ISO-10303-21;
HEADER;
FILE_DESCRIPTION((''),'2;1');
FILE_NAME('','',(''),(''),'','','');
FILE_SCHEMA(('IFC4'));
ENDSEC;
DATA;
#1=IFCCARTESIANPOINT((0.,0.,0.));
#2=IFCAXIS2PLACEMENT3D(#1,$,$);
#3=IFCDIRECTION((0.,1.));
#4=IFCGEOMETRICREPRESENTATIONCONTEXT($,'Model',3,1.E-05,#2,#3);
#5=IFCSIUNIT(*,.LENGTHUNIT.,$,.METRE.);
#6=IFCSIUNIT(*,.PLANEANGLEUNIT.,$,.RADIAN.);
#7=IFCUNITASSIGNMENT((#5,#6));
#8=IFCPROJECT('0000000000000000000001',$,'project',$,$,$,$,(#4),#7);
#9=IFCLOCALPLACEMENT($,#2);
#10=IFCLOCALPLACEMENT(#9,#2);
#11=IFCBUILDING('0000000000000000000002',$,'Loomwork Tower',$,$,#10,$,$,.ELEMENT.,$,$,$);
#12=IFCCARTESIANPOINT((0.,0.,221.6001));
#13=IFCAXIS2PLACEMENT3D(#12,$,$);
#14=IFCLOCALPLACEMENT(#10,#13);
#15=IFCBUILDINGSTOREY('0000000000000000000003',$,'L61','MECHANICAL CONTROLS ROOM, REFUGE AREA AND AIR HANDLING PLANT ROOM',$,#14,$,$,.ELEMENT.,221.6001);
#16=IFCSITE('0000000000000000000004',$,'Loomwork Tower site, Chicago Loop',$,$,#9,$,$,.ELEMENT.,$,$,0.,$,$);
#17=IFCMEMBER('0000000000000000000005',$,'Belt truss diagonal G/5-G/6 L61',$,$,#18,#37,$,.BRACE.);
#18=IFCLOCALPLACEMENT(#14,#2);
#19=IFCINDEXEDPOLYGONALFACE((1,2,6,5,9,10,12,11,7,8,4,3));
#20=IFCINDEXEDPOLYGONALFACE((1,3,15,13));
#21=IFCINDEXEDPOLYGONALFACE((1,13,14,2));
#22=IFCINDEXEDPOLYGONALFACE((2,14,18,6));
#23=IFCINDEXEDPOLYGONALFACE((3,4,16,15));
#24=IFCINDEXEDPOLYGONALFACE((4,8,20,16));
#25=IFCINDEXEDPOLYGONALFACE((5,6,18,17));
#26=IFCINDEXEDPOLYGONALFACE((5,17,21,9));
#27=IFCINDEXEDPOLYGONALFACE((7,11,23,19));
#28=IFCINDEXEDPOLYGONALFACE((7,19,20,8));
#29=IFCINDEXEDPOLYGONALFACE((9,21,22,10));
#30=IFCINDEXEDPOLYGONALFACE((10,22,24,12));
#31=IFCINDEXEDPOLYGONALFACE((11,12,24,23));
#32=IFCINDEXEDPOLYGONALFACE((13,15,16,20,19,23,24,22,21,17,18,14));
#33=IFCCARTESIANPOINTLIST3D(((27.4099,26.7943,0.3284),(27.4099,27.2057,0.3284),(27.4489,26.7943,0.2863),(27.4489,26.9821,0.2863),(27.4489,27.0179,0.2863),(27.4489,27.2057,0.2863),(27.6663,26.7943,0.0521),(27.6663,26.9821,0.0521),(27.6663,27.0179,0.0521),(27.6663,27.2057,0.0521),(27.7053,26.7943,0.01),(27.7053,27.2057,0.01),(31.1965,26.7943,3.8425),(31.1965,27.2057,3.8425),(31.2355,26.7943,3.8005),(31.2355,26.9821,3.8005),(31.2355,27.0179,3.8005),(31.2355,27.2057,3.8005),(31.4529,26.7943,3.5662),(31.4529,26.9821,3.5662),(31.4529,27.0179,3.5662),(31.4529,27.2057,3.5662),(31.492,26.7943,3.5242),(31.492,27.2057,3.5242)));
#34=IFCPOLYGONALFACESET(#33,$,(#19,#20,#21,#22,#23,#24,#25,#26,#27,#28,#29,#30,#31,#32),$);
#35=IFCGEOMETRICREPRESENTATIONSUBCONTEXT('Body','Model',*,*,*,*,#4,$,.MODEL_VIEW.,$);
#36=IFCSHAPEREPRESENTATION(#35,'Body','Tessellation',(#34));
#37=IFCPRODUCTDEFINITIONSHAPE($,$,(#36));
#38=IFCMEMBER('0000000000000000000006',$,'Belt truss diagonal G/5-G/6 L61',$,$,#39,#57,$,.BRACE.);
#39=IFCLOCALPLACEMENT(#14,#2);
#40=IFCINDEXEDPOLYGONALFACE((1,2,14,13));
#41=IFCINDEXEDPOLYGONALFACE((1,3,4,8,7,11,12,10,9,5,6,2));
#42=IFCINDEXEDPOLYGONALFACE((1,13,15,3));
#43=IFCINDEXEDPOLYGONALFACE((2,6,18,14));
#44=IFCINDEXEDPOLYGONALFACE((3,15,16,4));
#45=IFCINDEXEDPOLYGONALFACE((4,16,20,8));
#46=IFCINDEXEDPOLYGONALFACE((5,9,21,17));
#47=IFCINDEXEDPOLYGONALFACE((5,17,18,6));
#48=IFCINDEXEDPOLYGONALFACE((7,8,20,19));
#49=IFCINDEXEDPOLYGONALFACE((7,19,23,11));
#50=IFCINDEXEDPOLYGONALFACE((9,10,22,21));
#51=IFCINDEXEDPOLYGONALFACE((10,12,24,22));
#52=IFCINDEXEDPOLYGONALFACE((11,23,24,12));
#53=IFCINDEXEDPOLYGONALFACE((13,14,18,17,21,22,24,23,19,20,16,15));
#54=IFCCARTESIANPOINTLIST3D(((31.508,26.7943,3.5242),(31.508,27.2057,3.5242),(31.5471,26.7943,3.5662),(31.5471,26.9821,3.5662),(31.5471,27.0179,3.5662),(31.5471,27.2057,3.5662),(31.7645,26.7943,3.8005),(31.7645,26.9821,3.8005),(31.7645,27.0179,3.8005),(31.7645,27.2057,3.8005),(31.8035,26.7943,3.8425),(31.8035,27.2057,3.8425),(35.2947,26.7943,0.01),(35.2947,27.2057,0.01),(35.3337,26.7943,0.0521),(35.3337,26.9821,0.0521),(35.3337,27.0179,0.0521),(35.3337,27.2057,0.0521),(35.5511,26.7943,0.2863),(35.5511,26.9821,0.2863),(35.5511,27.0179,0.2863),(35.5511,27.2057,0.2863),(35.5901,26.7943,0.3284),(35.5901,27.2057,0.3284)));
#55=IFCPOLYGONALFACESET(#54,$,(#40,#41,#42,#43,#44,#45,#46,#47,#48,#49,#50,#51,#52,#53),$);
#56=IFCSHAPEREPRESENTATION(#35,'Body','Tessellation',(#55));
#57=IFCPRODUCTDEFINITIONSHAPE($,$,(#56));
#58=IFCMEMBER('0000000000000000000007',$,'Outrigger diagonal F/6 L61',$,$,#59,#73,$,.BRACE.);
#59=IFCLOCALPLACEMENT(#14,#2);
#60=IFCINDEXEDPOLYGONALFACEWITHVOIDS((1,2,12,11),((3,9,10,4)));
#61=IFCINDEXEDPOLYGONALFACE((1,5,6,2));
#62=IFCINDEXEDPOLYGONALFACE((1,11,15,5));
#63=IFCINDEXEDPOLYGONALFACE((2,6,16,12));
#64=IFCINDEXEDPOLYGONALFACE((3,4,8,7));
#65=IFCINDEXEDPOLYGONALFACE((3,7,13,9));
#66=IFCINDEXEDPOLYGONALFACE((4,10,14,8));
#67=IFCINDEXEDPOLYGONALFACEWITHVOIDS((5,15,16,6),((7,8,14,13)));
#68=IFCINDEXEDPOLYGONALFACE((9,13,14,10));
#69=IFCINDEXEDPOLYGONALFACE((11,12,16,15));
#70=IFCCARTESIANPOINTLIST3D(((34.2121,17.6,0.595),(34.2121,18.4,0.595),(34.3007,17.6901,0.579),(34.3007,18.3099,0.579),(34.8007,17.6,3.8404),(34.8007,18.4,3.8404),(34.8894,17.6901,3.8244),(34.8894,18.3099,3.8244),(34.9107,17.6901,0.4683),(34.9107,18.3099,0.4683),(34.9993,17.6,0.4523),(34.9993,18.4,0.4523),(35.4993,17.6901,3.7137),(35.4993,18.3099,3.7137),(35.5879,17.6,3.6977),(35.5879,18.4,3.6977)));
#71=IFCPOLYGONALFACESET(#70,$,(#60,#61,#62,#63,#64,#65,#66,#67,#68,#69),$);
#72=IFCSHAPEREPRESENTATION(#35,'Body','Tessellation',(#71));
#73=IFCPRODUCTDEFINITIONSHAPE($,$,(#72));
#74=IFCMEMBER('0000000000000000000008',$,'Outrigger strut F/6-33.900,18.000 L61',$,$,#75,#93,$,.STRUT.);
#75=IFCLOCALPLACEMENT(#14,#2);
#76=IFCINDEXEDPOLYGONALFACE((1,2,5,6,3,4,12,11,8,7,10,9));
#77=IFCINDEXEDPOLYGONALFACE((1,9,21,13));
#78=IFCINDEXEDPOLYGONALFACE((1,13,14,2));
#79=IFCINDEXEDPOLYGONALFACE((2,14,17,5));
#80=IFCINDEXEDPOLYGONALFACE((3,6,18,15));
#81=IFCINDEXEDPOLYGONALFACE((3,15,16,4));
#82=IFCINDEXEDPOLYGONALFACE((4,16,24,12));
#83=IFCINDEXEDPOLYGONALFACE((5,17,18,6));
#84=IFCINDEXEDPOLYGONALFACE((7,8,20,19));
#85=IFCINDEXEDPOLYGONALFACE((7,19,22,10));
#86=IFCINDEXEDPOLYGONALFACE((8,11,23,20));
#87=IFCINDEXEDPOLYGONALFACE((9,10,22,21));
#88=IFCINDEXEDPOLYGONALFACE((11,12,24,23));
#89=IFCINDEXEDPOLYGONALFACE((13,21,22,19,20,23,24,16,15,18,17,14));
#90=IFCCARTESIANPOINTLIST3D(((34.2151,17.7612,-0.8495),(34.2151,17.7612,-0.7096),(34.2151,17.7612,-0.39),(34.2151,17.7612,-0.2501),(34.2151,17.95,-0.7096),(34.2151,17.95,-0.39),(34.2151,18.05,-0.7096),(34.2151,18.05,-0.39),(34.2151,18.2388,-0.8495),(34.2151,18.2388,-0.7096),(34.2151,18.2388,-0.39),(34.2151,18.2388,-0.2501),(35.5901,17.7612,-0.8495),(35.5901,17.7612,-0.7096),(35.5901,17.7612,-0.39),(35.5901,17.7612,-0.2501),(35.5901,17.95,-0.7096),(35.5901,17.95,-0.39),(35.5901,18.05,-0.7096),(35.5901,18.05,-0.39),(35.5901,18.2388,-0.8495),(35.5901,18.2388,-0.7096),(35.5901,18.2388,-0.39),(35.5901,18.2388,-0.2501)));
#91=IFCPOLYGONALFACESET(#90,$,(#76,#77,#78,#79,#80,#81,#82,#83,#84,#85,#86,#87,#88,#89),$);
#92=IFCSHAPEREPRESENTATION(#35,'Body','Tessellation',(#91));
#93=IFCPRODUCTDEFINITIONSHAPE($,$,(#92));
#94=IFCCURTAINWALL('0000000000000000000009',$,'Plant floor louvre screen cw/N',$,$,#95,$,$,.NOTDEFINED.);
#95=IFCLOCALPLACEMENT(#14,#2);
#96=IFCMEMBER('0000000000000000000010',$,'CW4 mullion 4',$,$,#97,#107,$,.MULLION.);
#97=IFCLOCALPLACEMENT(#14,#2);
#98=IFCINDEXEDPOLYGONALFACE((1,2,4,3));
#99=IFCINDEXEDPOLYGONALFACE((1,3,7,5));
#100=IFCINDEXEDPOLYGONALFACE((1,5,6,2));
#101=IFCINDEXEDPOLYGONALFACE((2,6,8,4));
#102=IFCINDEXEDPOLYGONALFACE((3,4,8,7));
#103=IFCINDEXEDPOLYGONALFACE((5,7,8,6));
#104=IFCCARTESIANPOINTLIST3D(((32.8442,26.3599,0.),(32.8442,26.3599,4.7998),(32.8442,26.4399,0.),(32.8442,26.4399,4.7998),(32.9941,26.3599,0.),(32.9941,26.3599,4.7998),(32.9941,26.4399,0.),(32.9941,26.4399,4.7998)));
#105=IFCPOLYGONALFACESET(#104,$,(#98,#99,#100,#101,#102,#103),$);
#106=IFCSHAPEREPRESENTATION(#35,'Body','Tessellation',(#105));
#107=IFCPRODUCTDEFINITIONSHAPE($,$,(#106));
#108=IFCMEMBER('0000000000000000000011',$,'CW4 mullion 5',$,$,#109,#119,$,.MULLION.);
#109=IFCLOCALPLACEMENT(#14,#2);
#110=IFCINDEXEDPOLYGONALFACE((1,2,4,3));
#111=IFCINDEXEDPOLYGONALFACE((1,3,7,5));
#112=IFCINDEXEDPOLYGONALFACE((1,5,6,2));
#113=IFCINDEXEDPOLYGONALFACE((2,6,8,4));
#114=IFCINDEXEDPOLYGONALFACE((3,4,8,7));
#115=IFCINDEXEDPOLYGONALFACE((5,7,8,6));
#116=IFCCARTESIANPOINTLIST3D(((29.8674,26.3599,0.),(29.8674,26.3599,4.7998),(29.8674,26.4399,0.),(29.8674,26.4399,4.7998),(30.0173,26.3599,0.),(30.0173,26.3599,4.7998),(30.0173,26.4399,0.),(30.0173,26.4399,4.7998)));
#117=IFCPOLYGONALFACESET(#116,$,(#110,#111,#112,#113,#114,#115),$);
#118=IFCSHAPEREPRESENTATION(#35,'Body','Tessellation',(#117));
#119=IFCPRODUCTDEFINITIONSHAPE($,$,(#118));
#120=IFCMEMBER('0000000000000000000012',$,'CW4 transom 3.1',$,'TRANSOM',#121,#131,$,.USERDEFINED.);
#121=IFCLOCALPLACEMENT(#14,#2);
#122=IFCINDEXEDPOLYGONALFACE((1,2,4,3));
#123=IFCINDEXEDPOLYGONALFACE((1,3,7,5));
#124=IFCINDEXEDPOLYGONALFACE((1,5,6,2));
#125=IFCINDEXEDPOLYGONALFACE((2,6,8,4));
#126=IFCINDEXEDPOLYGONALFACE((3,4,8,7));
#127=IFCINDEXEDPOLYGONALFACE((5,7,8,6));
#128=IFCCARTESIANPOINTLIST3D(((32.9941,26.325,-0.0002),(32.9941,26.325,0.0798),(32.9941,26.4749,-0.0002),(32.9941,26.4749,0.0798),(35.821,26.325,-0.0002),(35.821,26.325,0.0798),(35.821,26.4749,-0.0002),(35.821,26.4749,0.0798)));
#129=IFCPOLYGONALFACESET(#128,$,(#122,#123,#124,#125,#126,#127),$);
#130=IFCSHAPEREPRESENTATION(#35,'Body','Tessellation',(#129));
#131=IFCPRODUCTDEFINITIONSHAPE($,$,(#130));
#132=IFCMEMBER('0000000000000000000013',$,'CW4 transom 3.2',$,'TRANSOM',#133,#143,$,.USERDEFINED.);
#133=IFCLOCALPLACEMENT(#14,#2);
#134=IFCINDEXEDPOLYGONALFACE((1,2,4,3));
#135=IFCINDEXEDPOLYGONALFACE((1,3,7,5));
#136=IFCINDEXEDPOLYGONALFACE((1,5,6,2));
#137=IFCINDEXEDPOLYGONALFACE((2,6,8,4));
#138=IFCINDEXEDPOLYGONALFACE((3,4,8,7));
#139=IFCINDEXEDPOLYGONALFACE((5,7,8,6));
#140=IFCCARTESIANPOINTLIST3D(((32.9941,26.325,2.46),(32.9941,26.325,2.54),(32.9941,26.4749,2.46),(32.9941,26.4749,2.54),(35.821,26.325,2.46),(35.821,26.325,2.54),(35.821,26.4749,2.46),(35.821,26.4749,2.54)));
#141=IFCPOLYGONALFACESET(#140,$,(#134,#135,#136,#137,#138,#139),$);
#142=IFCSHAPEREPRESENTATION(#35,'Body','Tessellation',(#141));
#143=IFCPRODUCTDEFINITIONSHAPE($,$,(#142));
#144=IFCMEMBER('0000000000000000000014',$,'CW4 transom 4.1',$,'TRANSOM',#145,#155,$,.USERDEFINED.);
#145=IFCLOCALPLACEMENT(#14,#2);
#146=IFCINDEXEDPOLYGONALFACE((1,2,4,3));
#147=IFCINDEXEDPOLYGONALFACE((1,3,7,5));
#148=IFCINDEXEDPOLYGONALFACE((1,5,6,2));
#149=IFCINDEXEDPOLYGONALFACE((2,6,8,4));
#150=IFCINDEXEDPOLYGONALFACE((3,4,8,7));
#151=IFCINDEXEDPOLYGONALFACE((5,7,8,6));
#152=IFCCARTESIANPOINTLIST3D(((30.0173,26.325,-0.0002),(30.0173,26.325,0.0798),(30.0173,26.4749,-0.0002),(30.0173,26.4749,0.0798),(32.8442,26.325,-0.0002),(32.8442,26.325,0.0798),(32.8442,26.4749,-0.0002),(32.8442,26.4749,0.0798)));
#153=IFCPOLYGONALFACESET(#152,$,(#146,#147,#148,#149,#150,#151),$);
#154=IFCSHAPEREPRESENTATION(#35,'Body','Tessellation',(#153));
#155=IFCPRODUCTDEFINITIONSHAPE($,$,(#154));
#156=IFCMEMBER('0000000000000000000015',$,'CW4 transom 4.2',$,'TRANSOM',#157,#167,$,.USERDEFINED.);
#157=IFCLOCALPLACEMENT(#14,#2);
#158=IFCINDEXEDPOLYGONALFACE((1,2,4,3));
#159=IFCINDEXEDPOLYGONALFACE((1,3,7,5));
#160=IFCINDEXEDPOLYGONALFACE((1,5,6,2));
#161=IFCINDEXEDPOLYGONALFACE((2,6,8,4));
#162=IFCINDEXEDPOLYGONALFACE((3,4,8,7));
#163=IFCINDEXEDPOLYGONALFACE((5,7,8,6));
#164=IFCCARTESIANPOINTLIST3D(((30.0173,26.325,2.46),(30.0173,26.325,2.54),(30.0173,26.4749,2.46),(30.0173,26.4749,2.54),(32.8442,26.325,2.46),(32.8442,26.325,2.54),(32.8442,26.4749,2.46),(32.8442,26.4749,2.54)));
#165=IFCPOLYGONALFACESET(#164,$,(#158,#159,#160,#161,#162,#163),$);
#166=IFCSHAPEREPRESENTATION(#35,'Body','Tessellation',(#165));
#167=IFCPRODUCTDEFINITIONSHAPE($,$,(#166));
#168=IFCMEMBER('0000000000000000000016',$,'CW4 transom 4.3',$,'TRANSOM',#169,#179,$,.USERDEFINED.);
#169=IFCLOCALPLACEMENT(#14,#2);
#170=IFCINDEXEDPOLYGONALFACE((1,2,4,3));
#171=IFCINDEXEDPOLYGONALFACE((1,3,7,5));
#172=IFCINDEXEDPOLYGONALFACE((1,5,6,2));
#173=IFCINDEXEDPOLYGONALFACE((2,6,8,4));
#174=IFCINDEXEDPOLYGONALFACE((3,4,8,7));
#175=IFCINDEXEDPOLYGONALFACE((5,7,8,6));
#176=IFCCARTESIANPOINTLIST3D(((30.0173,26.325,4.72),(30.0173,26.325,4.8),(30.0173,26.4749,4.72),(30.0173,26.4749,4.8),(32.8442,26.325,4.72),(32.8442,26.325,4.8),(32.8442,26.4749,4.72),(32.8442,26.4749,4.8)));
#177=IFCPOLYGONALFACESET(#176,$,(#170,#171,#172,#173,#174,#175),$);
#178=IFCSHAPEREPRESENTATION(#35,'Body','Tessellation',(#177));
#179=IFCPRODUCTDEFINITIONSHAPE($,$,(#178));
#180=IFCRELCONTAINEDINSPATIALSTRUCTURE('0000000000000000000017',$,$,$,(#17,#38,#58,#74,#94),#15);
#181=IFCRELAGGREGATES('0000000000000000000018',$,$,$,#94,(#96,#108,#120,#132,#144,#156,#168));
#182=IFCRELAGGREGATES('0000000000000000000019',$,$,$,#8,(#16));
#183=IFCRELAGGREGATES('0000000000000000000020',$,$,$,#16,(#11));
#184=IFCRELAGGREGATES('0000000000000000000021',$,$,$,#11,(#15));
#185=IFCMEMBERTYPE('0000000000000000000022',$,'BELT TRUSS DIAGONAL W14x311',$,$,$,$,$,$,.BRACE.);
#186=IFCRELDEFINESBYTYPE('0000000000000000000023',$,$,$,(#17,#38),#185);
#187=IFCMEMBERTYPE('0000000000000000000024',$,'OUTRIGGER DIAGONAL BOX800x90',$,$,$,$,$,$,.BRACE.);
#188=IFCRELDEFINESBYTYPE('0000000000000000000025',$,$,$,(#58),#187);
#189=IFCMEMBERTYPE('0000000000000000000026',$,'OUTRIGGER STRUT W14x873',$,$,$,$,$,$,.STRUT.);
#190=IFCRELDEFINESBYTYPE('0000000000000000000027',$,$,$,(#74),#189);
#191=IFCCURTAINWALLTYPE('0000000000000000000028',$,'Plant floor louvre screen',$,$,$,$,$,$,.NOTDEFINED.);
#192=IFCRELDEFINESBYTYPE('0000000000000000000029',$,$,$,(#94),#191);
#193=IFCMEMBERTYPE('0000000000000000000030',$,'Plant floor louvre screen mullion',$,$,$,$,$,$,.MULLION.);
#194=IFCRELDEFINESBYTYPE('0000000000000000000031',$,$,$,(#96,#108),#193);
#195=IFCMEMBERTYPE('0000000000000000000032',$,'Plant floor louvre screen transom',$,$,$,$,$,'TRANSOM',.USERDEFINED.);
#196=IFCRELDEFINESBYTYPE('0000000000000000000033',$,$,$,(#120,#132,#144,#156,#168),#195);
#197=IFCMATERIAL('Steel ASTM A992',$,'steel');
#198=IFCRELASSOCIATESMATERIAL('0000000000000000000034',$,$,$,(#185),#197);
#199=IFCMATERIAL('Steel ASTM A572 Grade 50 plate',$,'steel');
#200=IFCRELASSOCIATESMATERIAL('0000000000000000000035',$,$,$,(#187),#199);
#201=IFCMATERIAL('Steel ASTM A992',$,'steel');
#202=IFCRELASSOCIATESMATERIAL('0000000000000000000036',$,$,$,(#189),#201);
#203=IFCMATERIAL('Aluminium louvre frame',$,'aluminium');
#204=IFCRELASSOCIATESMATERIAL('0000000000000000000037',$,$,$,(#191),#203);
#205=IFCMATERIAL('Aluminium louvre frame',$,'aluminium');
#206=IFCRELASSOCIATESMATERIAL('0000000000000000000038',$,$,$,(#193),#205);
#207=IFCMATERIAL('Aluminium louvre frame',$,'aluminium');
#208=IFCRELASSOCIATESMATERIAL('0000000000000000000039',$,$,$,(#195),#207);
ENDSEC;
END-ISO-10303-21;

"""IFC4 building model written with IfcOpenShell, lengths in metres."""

from ifc_helpers import new_model, si_unit, direction, frame, origin, origin_2d, place, context, subcontext, project, spatial, rectangle, hollow_rectangle, i_section, extrude, material, material_profile, profile_set, type_object, element, aggregate, save


model = new_model("IFC4")

# Units and contexts
model_context = context("Model", 3, precision=1e-05, world=origin(), true_north=direction((0.0, 1.0)))
body_context = subcontext(model_context, "Body", "Model", "MODEL_VIEW")
ifc_project = project(units=[si_unit("LENGTHUNIT", "METRE"), si_unit("PLANEANGLEUNIT", "RADIAN")], contexts=[model_context])

# Site, building, storey
site_placement = place(None, origin())
site = spatial("IfcSite", under=ifc_project, at=site_placement, Name="Loomwork Tower site, Chicago Loop", CompositionType="ELEMENT", RefElevation=0.0)
building_placement = place(site_placement, origin())
building = spatial("IfcBuilding", under=site, at=building_placement, Name="Loomwork Tower", CompositionType="ELEMENT")
storey_placement = place(building_placement, frame((0.0, 0.0, 221.6001)))
storey = spatial("IfcBuildingStorey", under=building, at=storey_placement, Name="L61", Description="MECHANICAL CONTROLS ROOM, REFUGE AREA AND AIR HANDLING PLANT ROOM", CompositionType="ELEMENT", Elevation=221.6001)

# Members
ifc_material_1 = material(Name="Steel ASTM A992", Category="steel")
ifc_material_profile_1 = material_profile(ifc_material_1, i_section(OverallWidth=0.4114, OverallDepth=0.4343, WebThickness=0.0359, FlangeThickness=0.0574, at=origin_2d()), Name="W14x311")
ifc_profile_set_1 = profile_set([ifc_material_profile_1], Name="Steel ASTM A992")
member_type_1 = type_object("IfcMemberType", Name="BELT TRUSS DIAGONAL W14x311", PredefinedType="BRACE", material=ifc_profile_set_1)
for number, where, z_axis, x_axis, name in (
    (1, (27.5576, 27.0, 0.1692), (0.732985, 0.0, 0.680244), (0.0, 1.0, 0.0), "Belt truss diagonal G/5-G/6 L61"),
    (2, (35.4424, 27.0, 0.1692), (-0.732985, 0.0, 0.680244), (0.0, -1.0, 0.0), "Belt truss diagonal G/5-G/6 L61"),
):
    element("IfcMember", number, at=place(storey_placement, frame(where, z_axis=z_axis, x_axis=x_axis)), inside=storey, type_object=member_type_1, Name=name, PredefinedType="BRACE", context=body_context, shape_type="SweptSolid", body=[
        extrude(i_section(OverallWidth=0.4114, OverallDepth=0.4343, WebThickness=0.0359, FlangeThickness=0.0574, at=origin_2d()), origin(), (0.0, 0.0, 1.0), 5.166),
    ])
ifc_material_2 = material(Name="Steel ASTM A572 Grade 50 plate", Category="steel")
ifc_material_profile_2 = material_profile(ifc_material_2, hollow_rectangle(XDim=0.8, YDim=0.8, WallThickness=0.0901, at=origin_2d()), Name="BOX800x90")
ifc_profile_set_2 = profile_set([ifc_material_profile_2], Name="Steel ASTM A572 Grade 50 plate")
member_type_2 = type_object("IfcMemberType", Name="OUTRIGGER DIAGONAL BOX800x90", PredefinedType="BRACE", material=ifc_profile_set_2)
member_1_placement = place(storey_placement, frame((35.1943, 18.0, 3.769), z_axis=(-0.178462, 0.0, -0.983947), x_axis=(0.0, -1.0, 0.0)))
element("IfcMember", 3, at=member_1_placement, inside=storey, type_object=member_type_2, Name="Outrigger diagonal F/6 L61", PredefinedType="BRACE", context=body_context, shape_type="SweptSolid", body=[
    extrude(hollow_rectangle(XDim=0.8, YDim=0.8, WallThickness=0.0901, at=origin_2d()), origin(), (0.0, 0.0, 1.0), 3.2983),
])
ifc_material_3 = material(Name="Steel ASTM A992", Category="steel")
ifc_material_profile_3 = material_profile(ifc_material_3, i_section(OverallWidth=0.4775, OverallDepth=0.5994, WebThickness=0.1001, FlangeThickness=0.1399, at=origin_2d()), Name="W14x873")
ifc_profile_set_3 = profile_set([ifc_material_profile_3], Name="Steel ASTM A992")
member_type_3 = type_object("IfcMemberType", Name="OUTRIGGER STRUT W14x873", PredefinedType="STRUT", material=ifc_profile_set_3)
member_2_placement = place(storey_placement, frame((35.5901, 18.0, -0.5498), z_axis=(-1.0, 0.0, 0.0), x_axis=(0.0, -1.0, 0.0)))
element("IfcMember", 4, at=member_2_placement, inside=storey, type_object=member_type_3, Name="Outrigger strut F/6-33.900,18.000 L61", PredefinedType="STRUT", context=body_context, shape_type="SweptSolid", body=[
    extrude(i_section(OverallWidth=0.4775, OverallDepth=0.5994, WebThickness=0.1001, FlangeThickness=0.1399, at=origin_2d()), origin(), (0.0, 0.0, 1.0), 1.375),
])

# Curtain wall, members
ifc_material_4 = material(Name="Aluminium louvre frame", Category="aluminium")
curtain_wall_type = type_object("IfcCurtainWallType", Name="Plant floor louvre screen", PredefinedType="NOTDEFINED", material=ifc_material_4)
curtain_wall_placement = place(storey_placement, origin())
curtain_wall = element("IfcCurtainWall", 5, at=curtain_wall_placement, inside=storey, type_object=curtain_wall_type, Name="Plant floor louvre screen cw/N", PredefinedType="NOTDEFINED")
ifc_material_5 = material(Name="Aluminium louvre frame", Category="aluminium")
ifc_material_profile_4 = material_profile(ifc_material_5, rectangle(XDim=0.0801, YDim=0.1499, at=origin_2d()), Name="AL 80x150")
ifc_profile_set_4 = profile_set([ifc_material_profile_4], Name="Aluminium louvre frame")
member_type_4 = type_object("IfcMemberType", Name="Plant floor louvre screen mullion", PredefinedType="MULLION", material=ifc_profile_set_4)
member_3_placement = place(storey_placement, frame((32.9192, 26.3999, 0.0), z_axis=(0.0, 0.0, 1.0), x_axis=(0.0, -1.0, 0.0)))
member_3 = element("IfcMember", 6, at=member_3_placement, type_object=member_type_4, Name="CW4 mullion 4", PredefinedType="MULLION", context=body_context, shape_type="SweptSolid", body=[
    extrude(rectangle(XDim=0.0801, YDim=0.1499, at=origin_2d()), origin(), (0.0, 0.0, 1.0), 4.7998),
])
member_4_placement = place(storey_placement, frame((29.9424, 26.3999, 0.0), z_axis=(0.0, 0.0, 1.0), x_axis=(0.0, -1.0, 0.0)))
member_4 = element("IfcMember", 7, at=member_4_placement, type_object=member_type_4, Name="CW4 mullion 5", PredefinedType="MULLION", context=body_context, shape_type="SweptSolid", body=[
    extrude(rectangle(XDim=0.0801, YDim=0.1499, at=origin_2d()), origin(), (0.0, 0.0, 1.0), 4.7998),
])
ifc_material_6 = material(Name="Aluminium louvre frame", Category="aluminium")
ifc_material_profile_5 = material_profile(ifc_material_6, rectangle(XDim=0.1499, YDim=0.0801, at=origin_2d()), Name="AL 80x150")
ifc_profile_set_5 = profile_set([ifc_material_profile_5], Name="Aluminium louvre frame")
member_type_5 = type_object("IfcMemberType", Name="Plant floor louvre screen transom", ElementType="TRANSOM", PredefinedType="USERDEFINED", material=ifc_profile_set_5)
member_5_placement = place(storey_placement, frame((35.821, 26.3999, 0.0398), z_axis=(-1.0, 0.0, 0.0), x_axis=(0.0, -1.0, 0.0)))
member_5 = element("IfcMember", 8, at=member_5_placement, type_object=member_type_5, Name="CW4 transom 3.1", ObjectType="TRANSOM", PredefinedType="USERDEFINED", context=body_context, shape_type="SweptSolid", body=[
    extrude(rectangle(XDim=0.1499, YDim=0.0801, at=origin_2d()), origin(), (0.0, 0.0, 1.0), 2.8269),
])
member_6_placement = place(storey_placement, frame((35.821, 26.3999, 2.5), z_axis=(-1.0, 0.0, 0.0), x_axis=(0.0, -1.0, 0.0)))
member_6 = element("IfcMember", 9, at=member_6_placement, type_object=member_type_5, Name="CW4 transom 3.2", ObjectType="TRANSOM", PredefinedType="USERDEFINED", context=body_context, shape_type="SweptSolid", body=[
    extrude(rectangle(XDim=0.1499, YDim=0.0801, at=origin_2d()), origin(), (0.0, 0.0, 1.0), 2.8269),
])
member_7_placement = place(storey_placement, frame((32.8442, 26.3999, 0.0398), z_axis=(-1.0, 0.0, 0.0), x_axis=(0.0, -1.0, 0.0)))
member_7 = element("IfcMember", 10, at=member_7_placement, type_object=member_type_5, Name="CW4 transom 4.1", ObjectType="TRANSOM", PredefinedType="USERDEFINED", context=body_context, shape_type="SweptSolid", body=[
    extrude(rectangle(XDim=0.1499, YDim=0.0801, at=origin_2d()), origin(), (0.0, 0.0, 1.0), 2.8269),
])
member_8_placement = place(storey_placement, frame((32.8442, 26.3999, 2.5), z_axis=(-1.0, 0.0, 0.0), x_axis=(0.0, -1.0, 0.0)))
member_8 = element("IfcMember", 11, at=member_8_placement, type_object=member_type_5, Name="CW4 transom 4.2", ObjectType="TRANSOM", PredefinedType="USERDEFINED", context=body_context, shape_type="SweptSolid", body=[
    extrude(rectangle(XDim=0.1499, YDim=0.0801, at=origin_2d()), origin(), (0.0, 0.0, 1.0), 2.8269),
])
member_9_placement = place(storey_placement, frame((32.8442, 26.3999, 4.76), z_axis=(-1.0, 0.0, 0.0), x_axis=(0.0, -1.0, 0.0)))
member_9 = element("IfcMember", 12, at=member_9_placement, type_object=member_type_5, Name="CW4 transom 4.3", ObjectType="TRANSOM", PredefinedType="USERDEFINED", context=body_context, shape_type="SweptSolid", body=[
    extrude(rectangle(XDim=0.1499, YDim=0.0801, at=origin_2d()), origin(), (0.0, 0.0, 1.0), 2.8269),
])

aggregate(curtain_wall, [member_3, member_4, member_5, member_6, member_7, member_8, member_9])

save(model, "model.ifc")
